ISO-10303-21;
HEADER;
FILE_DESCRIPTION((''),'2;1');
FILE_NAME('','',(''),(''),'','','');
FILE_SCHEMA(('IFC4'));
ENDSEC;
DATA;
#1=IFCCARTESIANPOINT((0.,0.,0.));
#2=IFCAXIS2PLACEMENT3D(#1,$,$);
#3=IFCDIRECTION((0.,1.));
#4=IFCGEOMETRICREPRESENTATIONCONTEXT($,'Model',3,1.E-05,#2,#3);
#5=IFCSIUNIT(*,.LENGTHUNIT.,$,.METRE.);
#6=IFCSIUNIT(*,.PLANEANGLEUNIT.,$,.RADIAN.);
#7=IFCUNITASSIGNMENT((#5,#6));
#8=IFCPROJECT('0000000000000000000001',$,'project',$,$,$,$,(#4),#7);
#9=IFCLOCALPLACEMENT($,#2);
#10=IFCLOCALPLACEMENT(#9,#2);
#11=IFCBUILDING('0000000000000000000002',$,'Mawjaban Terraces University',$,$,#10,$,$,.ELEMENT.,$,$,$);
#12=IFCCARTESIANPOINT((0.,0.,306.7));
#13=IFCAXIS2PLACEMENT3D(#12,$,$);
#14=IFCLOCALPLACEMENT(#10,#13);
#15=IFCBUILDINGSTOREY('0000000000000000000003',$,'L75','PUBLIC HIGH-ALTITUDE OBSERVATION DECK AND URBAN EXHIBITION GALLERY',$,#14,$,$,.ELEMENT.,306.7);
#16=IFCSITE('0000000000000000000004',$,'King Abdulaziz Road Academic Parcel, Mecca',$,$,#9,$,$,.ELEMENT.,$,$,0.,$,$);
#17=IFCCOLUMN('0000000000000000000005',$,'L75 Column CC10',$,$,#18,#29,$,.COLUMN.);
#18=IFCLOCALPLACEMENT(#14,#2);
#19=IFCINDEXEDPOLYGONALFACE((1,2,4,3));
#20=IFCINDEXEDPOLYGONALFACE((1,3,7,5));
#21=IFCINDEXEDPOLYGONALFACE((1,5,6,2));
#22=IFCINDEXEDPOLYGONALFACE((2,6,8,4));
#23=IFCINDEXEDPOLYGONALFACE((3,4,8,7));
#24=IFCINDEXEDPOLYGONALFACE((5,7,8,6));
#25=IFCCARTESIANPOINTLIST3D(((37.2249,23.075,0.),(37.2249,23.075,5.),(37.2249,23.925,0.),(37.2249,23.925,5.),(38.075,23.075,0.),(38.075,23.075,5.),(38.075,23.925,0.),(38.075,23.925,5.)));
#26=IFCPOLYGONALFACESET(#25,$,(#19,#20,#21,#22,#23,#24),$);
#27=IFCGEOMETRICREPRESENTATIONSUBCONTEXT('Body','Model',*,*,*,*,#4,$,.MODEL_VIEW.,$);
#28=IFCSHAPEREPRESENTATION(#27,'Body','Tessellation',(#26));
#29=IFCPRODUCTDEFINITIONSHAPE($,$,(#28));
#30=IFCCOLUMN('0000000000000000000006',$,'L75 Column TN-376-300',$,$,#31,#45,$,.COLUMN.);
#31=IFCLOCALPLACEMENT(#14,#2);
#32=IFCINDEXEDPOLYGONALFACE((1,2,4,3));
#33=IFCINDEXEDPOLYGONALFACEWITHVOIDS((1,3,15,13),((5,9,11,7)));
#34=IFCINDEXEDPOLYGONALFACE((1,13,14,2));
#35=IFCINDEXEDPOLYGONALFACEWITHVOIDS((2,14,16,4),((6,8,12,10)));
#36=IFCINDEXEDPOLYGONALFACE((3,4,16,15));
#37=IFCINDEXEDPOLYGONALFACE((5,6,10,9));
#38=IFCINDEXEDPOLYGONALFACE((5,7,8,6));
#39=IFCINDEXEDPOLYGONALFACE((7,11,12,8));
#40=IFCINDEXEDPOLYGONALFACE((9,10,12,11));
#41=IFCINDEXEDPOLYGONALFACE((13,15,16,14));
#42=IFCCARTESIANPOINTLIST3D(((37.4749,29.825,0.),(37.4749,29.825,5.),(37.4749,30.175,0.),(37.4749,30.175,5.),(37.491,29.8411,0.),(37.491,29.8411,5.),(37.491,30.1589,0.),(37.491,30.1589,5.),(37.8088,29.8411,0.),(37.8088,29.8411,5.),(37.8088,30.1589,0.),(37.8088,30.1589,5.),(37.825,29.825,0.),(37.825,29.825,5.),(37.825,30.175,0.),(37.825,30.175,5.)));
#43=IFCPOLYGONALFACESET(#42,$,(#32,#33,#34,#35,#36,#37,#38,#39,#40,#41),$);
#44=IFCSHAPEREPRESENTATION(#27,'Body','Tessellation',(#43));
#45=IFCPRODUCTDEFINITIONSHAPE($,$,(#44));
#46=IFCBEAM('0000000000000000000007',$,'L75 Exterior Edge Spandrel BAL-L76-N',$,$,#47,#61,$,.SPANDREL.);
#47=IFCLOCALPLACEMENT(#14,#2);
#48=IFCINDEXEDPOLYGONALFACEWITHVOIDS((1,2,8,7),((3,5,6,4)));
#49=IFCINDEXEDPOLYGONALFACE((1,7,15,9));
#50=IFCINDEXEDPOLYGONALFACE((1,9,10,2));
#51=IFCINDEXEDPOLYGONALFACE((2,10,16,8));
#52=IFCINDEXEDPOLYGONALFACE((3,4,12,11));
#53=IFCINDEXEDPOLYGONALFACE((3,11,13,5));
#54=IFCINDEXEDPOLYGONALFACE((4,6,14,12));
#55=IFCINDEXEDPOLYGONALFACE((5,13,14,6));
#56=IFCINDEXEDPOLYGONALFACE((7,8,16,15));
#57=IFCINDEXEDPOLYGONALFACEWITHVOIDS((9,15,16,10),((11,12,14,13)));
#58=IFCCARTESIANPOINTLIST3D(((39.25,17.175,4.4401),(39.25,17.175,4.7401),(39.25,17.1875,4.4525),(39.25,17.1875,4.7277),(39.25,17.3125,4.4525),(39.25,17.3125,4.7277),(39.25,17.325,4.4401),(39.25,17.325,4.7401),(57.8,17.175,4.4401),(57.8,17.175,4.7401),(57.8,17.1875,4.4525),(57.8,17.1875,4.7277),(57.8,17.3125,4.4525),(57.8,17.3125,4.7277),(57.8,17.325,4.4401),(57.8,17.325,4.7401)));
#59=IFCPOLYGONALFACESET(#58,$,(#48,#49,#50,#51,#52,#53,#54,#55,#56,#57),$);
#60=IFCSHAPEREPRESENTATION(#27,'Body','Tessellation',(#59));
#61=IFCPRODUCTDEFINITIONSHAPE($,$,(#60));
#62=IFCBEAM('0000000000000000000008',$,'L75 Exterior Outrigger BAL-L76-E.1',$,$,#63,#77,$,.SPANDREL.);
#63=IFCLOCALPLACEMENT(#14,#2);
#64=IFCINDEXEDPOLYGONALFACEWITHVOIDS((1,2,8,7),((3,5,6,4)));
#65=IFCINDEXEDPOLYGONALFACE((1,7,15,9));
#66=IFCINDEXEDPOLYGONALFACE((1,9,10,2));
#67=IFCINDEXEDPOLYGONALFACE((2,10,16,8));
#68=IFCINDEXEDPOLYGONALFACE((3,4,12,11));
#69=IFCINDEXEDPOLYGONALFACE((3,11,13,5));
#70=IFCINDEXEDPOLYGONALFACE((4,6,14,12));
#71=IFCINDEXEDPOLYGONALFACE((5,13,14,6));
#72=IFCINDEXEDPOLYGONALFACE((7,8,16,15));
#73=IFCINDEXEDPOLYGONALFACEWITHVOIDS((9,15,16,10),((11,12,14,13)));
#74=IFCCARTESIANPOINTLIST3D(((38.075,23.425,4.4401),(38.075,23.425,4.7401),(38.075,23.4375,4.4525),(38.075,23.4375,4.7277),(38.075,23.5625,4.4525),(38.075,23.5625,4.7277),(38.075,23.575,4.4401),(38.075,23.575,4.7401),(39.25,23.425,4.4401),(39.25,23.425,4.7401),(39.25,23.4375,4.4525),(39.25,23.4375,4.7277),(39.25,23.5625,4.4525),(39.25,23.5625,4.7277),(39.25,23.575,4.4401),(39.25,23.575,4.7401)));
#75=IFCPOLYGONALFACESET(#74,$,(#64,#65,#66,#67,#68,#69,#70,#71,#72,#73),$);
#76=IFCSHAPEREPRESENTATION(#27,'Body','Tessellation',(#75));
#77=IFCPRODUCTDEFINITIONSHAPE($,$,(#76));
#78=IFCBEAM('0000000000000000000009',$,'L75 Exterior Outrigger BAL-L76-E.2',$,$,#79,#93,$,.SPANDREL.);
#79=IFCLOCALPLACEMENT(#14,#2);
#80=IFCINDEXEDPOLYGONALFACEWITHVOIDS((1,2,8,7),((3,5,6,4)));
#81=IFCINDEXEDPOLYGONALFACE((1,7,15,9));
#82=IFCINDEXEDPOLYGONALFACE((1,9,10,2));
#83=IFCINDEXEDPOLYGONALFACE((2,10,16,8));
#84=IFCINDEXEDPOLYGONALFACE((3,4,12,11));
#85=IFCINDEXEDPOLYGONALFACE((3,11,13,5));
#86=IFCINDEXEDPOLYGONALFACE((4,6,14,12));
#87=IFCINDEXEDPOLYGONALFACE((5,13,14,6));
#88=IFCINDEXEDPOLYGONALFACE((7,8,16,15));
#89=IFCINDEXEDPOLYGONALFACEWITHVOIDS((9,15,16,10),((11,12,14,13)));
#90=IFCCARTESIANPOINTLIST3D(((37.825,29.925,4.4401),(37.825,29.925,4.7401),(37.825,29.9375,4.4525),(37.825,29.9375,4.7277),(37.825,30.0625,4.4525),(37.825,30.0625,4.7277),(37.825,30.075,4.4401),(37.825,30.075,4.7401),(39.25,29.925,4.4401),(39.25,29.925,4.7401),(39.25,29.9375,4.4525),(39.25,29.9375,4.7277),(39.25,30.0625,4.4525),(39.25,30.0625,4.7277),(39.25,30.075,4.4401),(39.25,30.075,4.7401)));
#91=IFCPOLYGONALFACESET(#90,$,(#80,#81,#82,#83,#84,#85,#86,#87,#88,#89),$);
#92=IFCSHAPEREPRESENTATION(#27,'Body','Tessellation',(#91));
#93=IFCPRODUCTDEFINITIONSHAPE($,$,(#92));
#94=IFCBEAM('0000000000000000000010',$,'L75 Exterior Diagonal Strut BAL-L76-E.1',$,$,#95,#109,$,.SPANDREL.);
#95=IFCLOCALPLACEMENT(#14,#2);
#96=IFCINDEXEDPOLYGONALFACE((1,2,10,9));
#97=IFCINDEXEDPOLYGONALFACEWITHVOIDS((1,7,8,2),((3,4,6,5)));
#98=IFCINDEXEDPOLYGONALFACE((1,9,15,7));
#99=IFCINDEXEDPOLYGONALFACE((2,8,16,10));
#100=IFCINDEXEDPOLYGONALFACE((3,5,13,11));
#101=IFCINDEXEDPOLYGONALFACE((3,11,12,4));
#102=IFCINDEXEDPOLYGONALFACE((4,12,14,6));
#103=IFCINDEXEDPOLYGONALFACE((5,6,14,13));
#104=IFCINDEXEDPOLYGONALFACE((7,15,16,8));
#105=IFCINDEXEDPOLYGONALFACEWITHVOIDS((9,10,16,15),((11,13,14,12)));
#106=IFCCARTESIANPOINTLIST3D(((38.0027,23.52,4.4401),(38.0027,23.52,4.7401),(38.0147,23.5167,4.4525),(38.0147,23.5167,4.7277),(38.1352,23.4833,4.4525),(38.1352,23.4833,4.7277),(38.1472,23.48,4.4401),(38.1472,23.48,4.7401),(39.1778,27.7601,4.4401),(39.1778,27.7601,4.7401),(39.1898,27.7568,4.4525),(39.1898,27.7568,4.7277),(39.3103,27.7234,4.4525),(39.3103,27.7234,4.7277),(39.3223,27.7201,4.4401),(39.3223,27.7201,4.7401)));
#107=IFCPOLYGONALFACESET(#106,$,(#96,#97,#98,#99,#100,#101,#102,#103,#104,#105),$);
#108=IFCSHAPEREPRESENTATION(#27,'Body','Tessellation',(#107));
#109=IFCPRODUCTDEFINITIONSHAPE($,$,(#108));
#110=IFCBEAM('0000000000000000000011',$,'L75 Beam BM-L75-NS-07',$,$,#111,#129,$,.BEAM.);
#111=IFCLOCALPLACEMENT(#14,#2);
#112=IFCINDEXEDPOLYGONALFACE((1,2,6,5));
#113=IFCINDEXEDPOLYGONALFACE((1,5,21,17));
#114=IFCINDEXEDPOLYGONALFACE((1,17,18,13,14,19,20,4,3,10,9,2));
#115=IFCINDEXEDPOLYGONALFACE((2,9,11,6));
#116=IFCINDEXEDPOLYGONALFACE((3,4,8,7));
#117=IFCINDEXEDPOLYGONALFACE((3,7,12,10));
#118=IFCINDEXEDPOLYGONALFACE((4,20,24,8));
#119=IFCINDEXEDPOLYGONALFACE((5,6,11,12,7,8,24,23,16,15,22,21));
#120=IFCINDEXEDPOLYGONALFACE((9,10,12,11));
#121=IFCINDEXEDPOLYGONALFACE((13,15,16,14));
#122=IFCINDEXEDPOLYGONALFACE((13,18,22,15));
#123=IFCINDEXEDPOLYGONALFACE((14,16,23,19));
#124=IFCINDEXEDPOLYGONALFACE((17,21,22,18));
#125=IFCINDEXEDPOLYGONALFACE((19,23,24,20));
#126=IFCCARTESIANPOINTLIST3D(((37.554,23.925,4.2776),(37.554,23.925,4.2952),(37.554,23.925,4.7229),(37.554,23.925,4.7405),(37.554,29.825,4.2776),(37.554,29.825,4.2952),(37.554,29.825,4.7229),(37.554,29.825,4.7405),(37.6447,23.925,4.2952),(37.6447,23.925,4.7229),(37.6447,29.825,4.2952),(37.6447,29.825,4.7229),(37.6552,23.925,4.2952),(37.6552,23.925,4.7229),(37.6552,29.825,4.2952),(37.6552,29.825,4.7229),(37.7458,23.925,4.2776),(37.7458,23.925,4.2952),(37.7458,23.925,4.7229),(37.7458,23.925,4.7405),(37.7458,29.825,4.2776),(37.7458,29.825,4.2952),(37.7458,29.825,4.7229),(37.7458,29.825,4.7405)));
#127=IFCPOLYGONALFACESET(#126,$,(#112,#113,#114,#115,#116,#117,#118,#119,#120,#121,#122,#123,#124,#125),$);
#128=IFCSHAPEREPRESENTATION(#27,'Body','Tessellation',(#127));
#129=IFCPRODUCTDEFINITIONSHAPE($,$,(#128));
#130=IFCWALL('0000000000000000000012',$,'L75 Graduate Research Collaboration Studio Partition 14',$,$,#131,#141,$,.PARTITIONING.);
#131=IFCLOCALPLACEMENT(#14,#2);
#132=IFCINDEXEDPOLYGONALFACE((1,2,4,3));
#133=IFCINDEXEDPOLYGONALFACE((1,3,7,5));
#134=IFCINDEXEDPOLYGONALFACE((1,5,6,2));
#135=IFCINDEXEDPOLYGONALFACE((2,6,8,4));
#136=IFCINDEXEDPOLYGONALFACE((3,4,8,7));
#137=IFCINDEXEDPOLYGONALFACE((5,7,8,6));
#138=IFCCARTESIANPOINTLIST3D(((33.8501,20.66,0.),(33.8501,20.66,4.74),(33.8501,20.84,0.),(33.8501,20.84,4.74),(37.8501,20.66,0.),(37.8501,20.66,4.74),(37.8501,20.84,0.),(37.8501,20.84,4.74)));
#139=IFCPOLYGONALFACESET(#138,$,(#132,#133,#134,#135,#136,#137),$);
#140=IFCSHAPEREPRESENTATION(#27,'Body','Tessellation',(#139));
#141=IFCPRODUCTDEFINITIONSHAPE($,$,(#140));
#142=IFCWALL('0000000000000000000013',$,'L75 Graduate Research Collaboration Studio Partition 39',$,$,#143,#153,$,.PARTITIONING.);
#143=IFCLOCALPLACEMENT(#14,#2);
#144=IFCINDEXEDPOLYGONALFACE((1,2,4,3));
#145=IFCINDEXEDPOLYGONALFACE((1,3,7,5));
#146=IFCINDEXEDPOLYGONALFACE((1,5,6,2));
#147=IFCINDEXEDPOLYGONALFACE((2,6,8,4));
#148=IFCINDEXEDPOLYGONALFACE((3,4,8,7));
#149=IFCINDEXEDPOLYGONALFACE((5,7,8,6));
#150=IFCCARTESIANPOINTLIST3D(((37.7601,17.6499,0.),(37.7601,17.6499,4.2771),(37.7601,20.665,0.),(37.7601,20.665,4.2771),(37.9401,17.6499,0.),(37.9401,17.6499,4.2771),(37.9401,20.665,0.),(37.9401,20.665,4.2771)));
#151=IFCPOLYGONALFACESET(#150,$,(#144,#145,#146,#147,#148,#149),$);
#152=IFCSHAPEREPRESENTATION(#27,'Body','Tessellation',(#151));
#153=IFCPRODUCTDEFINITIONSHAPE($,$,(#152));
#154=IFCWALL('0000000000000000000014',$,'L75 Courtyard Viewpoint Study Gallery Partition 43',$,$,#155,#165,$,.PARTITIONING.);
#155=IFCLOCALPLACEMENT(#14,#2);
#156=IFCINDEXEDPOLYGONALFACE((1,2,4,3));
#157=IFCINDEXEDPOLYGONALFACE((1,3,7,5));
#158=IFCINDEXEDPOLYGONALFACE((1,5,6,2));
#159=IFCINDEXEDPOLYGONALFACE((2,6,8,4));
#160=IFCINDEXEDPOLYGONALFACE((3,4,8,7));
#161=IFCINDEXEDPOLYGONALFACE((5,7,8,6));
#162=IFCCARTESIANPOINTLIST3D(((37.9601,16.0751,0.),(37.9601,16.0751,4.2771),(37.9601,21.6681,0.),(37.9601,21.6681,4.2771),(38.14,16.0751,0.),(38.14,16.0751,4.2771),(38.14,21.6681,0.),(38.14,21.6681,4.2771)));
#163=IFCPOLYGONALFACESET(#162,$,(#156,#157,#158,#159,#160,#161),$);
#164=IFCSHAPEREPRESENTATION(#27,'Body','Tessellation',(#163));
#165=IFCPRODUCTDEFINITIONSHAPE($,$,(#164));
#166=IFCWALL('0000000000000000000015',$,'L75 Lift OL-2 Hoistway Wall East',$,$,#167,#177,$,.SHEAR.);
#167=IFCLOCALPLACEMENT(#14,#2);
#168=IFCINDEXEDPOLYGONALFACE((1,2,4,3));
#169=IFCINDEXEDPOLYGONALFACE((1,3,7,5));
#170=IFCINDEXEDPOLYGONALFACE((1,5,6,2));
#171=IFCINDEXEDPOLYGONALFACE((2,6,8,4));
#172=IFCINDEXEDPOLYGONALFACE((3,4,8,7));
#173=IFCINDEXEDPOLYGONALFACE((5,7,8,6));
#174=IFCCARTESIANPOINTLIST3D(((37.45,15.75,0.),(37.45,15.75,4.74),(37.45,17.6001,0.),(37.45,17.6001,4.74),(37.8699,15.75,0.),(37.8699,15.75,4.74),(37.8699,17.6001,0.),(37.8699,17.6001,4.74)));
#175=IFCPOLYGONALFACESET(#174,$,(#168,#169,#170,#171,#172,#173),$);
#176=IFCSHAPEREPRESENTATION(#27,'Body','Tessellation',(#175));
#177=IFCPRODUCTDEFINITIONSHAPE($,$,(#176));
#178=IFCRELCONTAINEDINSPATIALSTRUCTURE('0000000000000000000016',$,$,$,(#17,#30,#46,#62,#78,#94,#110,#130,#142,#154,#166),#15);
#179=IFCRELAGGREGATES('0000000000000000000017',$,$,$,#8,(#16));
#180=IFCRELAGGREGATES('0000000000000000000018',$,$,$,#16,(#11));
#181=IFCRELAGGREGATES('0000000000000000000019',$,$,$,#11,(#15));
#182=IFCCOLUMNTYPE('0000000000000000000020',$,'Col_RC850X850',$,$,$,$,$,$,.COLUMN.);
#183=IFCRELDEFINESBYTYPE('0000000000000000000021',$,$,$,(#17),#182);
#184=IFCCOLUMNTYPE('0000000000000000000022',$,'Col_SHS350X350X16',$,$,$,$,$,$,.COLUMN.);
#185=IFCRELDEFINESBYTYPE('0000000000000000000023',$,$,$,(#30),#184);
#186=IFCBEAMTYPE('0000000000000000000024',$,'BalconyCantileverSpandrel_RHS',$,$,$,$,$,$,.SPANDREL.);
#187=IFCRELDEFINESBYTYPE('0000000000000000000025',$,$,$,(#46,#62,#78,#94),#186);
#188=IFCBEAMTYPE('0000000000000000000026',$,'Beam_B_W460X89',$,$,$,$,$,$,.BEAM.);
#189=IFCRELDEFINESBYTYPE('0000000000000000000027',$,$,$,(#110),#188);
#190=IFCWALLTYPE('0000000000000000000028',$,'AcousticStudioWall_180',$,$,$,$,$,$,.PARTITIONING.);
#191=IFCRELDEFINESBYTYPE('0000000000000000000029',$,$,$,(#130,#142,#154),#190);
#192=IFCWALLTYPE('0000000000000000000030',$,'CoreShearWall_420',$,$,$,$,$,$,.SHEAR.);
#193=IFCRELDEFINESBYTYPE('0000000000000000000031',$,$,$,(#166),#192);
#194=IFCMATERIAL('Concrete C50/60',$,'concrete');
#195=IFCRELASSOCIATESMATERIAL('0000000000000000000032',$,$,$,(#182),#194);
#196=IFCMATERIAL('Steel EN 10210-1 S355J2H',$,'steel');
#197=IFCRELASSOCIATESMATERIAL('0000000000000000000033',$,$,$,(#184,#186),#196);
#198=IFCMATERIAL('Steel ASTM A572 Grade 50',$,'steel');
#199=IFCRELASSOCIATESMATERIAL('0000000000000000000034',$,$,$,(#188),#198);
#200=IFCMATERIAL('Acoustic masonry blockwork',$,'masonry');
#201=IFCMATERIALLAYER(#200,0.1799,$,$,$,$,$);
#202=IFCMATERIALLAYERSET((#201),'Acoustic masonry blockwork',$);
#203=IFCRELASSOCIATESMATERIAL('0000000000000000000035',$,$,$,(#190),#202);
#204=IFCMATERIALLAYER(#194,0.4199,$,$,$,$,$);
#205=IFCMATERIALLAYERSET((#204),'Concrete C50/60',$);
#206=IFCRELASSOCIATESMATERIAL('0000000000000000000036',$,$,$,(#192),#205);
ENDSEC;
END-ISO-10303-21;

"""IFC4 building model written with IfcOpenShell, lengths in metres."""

from ifc_helpers import new_model, si_unit, direction, frame, frame_2d, origin, origin_2d, place, context, subcontext, project, spatial, rectangle, hollow_rectangle, i_section, extrude, material, layer, layer_set, material_profile, profile_set, type_object, element, save


model = new_model("IFC4")

# Units and contexts
model_context = context("Model", 3, precision=1e-05, world=origin(), true_north=direction((0.0, 1.0)))
body_context = subcontext(model_context, "Body", "Model", "MODEL_VIEW")
ifc_project = project(units=[si_unit("LENGTHUNIT", "METRE"), si_unit("PLANEANGLEUNIT", "RADIAN")], contexts=[model_context])

# Site, building, storey
site_placement = place(None, origin())
site = spatial("IfcSite", under=ifc_project, at=site_placement, Name="King Abdulaziz Road Academic Parcel, Mecca", CompositionType="ELEMENT", RefElevation=0.0)
building_placement = place(site_placement, origin())
building = spatial("IfcBuilding", under=site, at=building_placement, Name="Mawjaban Terraces University", CompositionType="ELEMENT")
storey_placement = place(building_placement, frame((0.0, 0.0, 306.7)))
storey = spatial("IfcBuildingStorey", under=building, at=storey_placement, Name="L75", Description="PUBLIC HIGH-ALTITUDE OBSERVATION DECK AND URBAN EXHIBITION GALLERY", CompositionType="ELEMENT", Elevation=306.7)

# Columns
ifc_material_1 = material(Name="Concrete C50/60", Category="concrete")
ifc_material_profile_1 = material_profile(ifc_material_1, rectangle(XDim=0.8501, YDim=0.8501, at=origin_2d()), Name="RC850X850")
ifc_profile_set_1 = profile_set([ifc_material_profile_1], Name="Concrete C50/60")
column_type_1 = type_object("IfcColumnType", Name="Col_RC850X850", PredefinedType="COLUMN", material=ifc_profile_set_1)
column_1_placement = place(storey_placement, frame((37.6499, 23.5, 0.0), z_axis=(0.0, 0.0, 1.0), x_axis=(1.0, 0.0, 0.0)))
element("IfcColumn", 1, at=column_1_placement, inside=storey, type_object=column_type_1, Name="L75 Column CC10", PredefinedType="COLUMN", context=body_context, shape_type="SweptSolid", body=[
    extrude(rectangle(XDim=0.8501, YDim=0.8501, at=origin_2d()), origin(), (0.0, 0.0, 1.0), 5.0),
])
ifc_material_2 = material(Name="Steel EN 10210-1 S355J2H", Category="steel")
ifc_material_profile_2 = material_profile(ifc_material_2, hollow_rectangle(XDim=0.3501, YDim=0.3501, WallThickness=0.0161, at=origin_2d()), Name="SHS350X350X16")
ifc_profile_set_2 = profile_set([ifc_material_profile_2], Name="Steel EN 10210-1 S355J2H")
column_type_2 = type_object("IfcColumnType", Name="Col_SHS350X350X16", PredefinedType="COLUMN", material=ifc_profile_set_2)
column_2_placement = place(storey_placement, frame((37.6499, 30.0, 0.0), z_axis=(0.0, 0.0, 1.0), x_axis=(1.0, 0.0, 0.0)))
element("IfcColumn", 2, at=column_2_placement, inside=storey, type_object=column_type_2, Name="L75 Column TN-376-300", PredefinedType="COLUMN", context=body_context, shape_type="SweptSolid", body=[
    extrude(hollow_rectangle(XDim=0.3501, YDim=0.3501, WallThickness=0.0161, at=origin_2d()), origin(), (0.0, 0.0, 1.0), 5.0),
])

# Beams
ifc_material_profile_3 = material_profile(ifc_material_2, hollow_rectangle(XDim=0.1499, YDim=0.3, WallThickness=0.0125, at=origin_2d()), Name="RHS300X150X12.5")
ifc_profile_set_3 = profile_set([ifc_material_profile_3], Name="Steel EN 10210-1 S355J2H")
beam_type_1 = type_object("IfcBeamType", Name="BalconyCantileverSpandrel_RHS", PredefinedType="SPANDREL", material=ifc_profile_set_3)
beam_1_placement = place(storey_placement, frame((39.25, 17.25, 4.5901), z_axis=(1.0, 0.0, 0.0), x_axis=(0.0, 1.0, 0.0)))
element("IfcBeam", 3, at=beam_1_placement, inside=storey, type_object=beam_type_1, Name="L75 Exterior Edge Spandrel BAL-L76-N", PredefinedType="SPANDREL", context=body_context, shape_type="SweptSolid", body=[
    extrude(hollow_rectangle(XDim=0.1499, YDim=0.3, WallThickness=0.0125, at=origin_2d()), origin(), (0.0, 0.0, 1.0), 18.55),
])
beam_2_placement = place(storey_placement, frame((38.075, 23.5, 4.5901), z_axis=(1.0, 0.0, 0.0), x_axis=(0.0, 1.0, 0.0)))
element("IfcBeam", 4, at=beam_2_placement, inside=storey, type_object=beam_type_1, Name="L75 Exterior Outrigger BAL-L76-E.1", PredefinedType="SPANDREL", context=body_context, shape_type="SweptSolid", body=[
    extrude(hollow_rectangle(XDim=0.1499, YDim=0.3, WallThickness=0.0125, at=origin_2d()), origin(), (0.0, 0.0, 1.0), 1.175),
])
beam_3_placement = place(storey_placement, frame((37.825, 30.0, 4.5901), z_axis=(1.0, 0.0, 0.0), x_axis=(0.0, 1.0, 0.0)))
element("IfcBeam", 5, at=beam_3_placement, inside=storey, type_object=beam_type_1, Name="L75 Exterior Outrigger BAL-L76-E.2", PredefinedType="SPANDREL", context=body_context, shape_type="SweptSolid", body=[
    extrude(hollow_rectangle(XDim=0.1499, YDim=0.3, WallThickness=0.0125, at=origin_2d()), origin(), (0.0, 0.0, 1.0), 1.425),
])
beam_4_placement = place(storey_placement, frame((38.075, 23.5, 4.5901), z_axis=(0.267069, 0.963678, 0.0), x_axis=(-0.963678, 0.267069, 0.0)))
element("IfcBeam", 6, at=beam_4_placement, inside=storey, type_object=beam_type_1, Name="L75 Exterior Diagonal Strut BAL-L76-E.1", PredefinedType="SPANDREL", context=body_context, shape_type="SweptSolid", body=[
    extrude(hollow_rectangle(XDim=0.1499, YDim=0.3, WallThickness=0.0125, at=origin_2d()), origin(), (0.0, 0.0, 1.0), 4.3999),
])
ifc_material_3 = material(Name="Steel ASTM A572 Grade 50", Category="steel")
ifc_material_profile_4 = material_profile(ifc_material_3, i_section(OverallWidth=0.1919, OverallDepth=0.4629, WebThickness=0.0105, FlangeThickness=0.0176, at=origin_2d()), Name="W460X89")
ifc_profile_set_4 = profile_set([ifc_material_profile_4], Name="Steel ASTM A572 Grade 50")
beam_type_2 = type_object("IfcBeamType", Name="Beam_B_W460X89", PredefinedType="BEAM", material=ifc_profile_set_4)
beam_5_placement = place(storey_placement, frame((37.6499, 23.925, 4.509), z_axis=(0.0, 1.0, 0.0), x_axis=(-1.0, 0.0, 0.0)))
element("IfcBeam", 7, at=beam_5_placement, inside=storey, type_object=beam_type_2, Name="L75 Beam BM-L75-NS-07", PredefinedType="BEAM", context=body_context, shape_type="SweptSolid", body=[
    extrude(i_section(OverallWidth=0.1919, OverallDepth=0.4629, WebThickness=0.0105, FlangeThickness=0.0176, at=origin_2d()), origin(), (0.0, 0.0, 1.0), 5.8999),
])

# Walls
ifc_material_4 = material(Name="Acoustic masonry blockwork", Category="masonry")
ifc_layer_1 = layer(ifc_material_4, 0.1799)
ifc_layer_set_1 = layer_set([ifc_layer_1], Name="Acoustic masonry blockwork")
wall_type_1 = type_object("IfcWallType", Name="AcousticStudioWall_180", PredefinedType="PARTITIONING", material=ifc_layer_set_1)
wall_1_placement = place(storey_placement, frame((37.8501, 20.75, 0.0), z_axis=(0.0, 0.0, 1.0), x_axis=(-1.0, 0.0, 0.0)))
element("IfcWall", 8, at=wall_1_placement, inside=storey, type_object=wall_type_1, Name="L75 Graduate Research Collaboration Studio Partition 14", PredefinedType="PARTITIONING", context=body_context, shape_type="SweptSolid", body=[
    extrude(rectangle(XDim=4.0, YDim=0.1799, at=frame_2d((2.0, 0.0))), origin(), (0.0, 0.0, 1.0), 4.74),
])
wall_2_placement = place(storey_placement, frame((37.8501, 17.6499, 0.0), z_axis=(0.0, 0.0, 1.0), x_axis=(0.0, 1.0, 0.0)))
element("IfcWall", 9, at=wall_2_placement, inside=storey, type_object=wall_type_1, Name="L75 Graduate Research Collaboration Studio Partition 39", PredefinedType="PARTITIONING", context=body_context, shape_type="SweptSolid", body=[
    extrude(rectangle(XDim=3.0151, YDim=0.1799, at=frame_2d((1.5076, 0.0))), origin(), (0.0, 0.0, 1.0), 4.2771),
])
wall_3_placement = place(storey_placement, frame((38.05, 21.668, 0.0), z_axis=(0.0, 0.0, 1.0), x_axis=(0.0, -1.0, 0.0)))
element("IfcWall", 10, at=wall_3_placement, inside=storey, type_object=wall_type_1, Name="L75 Courtyard Viewpoint Study Gallery Partition 43", PredefinedType="PARTITIONING", context=body_context, shape_type="SweptSolid", body=[
    extrude(rectangle(XDim=5.593, YDim=0.1799, at=frame_2d((2.7964, 0.0))), origin(), (0.0, 0.0, 1.0), 4.2771),
])
ifc_layer_2 = layer(ifc_material_1, 0.4199)
ifc_layer_set_2 = layer_set([ifc_layer_2], Name="Concrete C50/60")
wall_type_2 = type_object("IfcWallType", Name="CoreShearWall_420", PredefinedType="SHEAR", material=ifc_layer_set_2)
wall_4_placement = place(storey_placement, frame((37.6599, 15.75, 0.0), z_axis=(0.0, 0.0, 1.0), x_axis=(0.0, 1.0, 0.0)))
element("IfcWall", 11, at=wall_4_placement, inside=storey, type_object=wall_type_2, Name="L75 Lift OL-2 Hoistway Wall East", PredefinedType="SHEAR", context=body_context, shape_type="SweptSolid", body=[
    extrude(rectangle(XDim=1.8501, YDim=0.4199, at=frame_2d((0.925, 0.0))), origin(), (0.0, 0.0, 1.0), 4.74),
])

save(model, "model.ifc")
